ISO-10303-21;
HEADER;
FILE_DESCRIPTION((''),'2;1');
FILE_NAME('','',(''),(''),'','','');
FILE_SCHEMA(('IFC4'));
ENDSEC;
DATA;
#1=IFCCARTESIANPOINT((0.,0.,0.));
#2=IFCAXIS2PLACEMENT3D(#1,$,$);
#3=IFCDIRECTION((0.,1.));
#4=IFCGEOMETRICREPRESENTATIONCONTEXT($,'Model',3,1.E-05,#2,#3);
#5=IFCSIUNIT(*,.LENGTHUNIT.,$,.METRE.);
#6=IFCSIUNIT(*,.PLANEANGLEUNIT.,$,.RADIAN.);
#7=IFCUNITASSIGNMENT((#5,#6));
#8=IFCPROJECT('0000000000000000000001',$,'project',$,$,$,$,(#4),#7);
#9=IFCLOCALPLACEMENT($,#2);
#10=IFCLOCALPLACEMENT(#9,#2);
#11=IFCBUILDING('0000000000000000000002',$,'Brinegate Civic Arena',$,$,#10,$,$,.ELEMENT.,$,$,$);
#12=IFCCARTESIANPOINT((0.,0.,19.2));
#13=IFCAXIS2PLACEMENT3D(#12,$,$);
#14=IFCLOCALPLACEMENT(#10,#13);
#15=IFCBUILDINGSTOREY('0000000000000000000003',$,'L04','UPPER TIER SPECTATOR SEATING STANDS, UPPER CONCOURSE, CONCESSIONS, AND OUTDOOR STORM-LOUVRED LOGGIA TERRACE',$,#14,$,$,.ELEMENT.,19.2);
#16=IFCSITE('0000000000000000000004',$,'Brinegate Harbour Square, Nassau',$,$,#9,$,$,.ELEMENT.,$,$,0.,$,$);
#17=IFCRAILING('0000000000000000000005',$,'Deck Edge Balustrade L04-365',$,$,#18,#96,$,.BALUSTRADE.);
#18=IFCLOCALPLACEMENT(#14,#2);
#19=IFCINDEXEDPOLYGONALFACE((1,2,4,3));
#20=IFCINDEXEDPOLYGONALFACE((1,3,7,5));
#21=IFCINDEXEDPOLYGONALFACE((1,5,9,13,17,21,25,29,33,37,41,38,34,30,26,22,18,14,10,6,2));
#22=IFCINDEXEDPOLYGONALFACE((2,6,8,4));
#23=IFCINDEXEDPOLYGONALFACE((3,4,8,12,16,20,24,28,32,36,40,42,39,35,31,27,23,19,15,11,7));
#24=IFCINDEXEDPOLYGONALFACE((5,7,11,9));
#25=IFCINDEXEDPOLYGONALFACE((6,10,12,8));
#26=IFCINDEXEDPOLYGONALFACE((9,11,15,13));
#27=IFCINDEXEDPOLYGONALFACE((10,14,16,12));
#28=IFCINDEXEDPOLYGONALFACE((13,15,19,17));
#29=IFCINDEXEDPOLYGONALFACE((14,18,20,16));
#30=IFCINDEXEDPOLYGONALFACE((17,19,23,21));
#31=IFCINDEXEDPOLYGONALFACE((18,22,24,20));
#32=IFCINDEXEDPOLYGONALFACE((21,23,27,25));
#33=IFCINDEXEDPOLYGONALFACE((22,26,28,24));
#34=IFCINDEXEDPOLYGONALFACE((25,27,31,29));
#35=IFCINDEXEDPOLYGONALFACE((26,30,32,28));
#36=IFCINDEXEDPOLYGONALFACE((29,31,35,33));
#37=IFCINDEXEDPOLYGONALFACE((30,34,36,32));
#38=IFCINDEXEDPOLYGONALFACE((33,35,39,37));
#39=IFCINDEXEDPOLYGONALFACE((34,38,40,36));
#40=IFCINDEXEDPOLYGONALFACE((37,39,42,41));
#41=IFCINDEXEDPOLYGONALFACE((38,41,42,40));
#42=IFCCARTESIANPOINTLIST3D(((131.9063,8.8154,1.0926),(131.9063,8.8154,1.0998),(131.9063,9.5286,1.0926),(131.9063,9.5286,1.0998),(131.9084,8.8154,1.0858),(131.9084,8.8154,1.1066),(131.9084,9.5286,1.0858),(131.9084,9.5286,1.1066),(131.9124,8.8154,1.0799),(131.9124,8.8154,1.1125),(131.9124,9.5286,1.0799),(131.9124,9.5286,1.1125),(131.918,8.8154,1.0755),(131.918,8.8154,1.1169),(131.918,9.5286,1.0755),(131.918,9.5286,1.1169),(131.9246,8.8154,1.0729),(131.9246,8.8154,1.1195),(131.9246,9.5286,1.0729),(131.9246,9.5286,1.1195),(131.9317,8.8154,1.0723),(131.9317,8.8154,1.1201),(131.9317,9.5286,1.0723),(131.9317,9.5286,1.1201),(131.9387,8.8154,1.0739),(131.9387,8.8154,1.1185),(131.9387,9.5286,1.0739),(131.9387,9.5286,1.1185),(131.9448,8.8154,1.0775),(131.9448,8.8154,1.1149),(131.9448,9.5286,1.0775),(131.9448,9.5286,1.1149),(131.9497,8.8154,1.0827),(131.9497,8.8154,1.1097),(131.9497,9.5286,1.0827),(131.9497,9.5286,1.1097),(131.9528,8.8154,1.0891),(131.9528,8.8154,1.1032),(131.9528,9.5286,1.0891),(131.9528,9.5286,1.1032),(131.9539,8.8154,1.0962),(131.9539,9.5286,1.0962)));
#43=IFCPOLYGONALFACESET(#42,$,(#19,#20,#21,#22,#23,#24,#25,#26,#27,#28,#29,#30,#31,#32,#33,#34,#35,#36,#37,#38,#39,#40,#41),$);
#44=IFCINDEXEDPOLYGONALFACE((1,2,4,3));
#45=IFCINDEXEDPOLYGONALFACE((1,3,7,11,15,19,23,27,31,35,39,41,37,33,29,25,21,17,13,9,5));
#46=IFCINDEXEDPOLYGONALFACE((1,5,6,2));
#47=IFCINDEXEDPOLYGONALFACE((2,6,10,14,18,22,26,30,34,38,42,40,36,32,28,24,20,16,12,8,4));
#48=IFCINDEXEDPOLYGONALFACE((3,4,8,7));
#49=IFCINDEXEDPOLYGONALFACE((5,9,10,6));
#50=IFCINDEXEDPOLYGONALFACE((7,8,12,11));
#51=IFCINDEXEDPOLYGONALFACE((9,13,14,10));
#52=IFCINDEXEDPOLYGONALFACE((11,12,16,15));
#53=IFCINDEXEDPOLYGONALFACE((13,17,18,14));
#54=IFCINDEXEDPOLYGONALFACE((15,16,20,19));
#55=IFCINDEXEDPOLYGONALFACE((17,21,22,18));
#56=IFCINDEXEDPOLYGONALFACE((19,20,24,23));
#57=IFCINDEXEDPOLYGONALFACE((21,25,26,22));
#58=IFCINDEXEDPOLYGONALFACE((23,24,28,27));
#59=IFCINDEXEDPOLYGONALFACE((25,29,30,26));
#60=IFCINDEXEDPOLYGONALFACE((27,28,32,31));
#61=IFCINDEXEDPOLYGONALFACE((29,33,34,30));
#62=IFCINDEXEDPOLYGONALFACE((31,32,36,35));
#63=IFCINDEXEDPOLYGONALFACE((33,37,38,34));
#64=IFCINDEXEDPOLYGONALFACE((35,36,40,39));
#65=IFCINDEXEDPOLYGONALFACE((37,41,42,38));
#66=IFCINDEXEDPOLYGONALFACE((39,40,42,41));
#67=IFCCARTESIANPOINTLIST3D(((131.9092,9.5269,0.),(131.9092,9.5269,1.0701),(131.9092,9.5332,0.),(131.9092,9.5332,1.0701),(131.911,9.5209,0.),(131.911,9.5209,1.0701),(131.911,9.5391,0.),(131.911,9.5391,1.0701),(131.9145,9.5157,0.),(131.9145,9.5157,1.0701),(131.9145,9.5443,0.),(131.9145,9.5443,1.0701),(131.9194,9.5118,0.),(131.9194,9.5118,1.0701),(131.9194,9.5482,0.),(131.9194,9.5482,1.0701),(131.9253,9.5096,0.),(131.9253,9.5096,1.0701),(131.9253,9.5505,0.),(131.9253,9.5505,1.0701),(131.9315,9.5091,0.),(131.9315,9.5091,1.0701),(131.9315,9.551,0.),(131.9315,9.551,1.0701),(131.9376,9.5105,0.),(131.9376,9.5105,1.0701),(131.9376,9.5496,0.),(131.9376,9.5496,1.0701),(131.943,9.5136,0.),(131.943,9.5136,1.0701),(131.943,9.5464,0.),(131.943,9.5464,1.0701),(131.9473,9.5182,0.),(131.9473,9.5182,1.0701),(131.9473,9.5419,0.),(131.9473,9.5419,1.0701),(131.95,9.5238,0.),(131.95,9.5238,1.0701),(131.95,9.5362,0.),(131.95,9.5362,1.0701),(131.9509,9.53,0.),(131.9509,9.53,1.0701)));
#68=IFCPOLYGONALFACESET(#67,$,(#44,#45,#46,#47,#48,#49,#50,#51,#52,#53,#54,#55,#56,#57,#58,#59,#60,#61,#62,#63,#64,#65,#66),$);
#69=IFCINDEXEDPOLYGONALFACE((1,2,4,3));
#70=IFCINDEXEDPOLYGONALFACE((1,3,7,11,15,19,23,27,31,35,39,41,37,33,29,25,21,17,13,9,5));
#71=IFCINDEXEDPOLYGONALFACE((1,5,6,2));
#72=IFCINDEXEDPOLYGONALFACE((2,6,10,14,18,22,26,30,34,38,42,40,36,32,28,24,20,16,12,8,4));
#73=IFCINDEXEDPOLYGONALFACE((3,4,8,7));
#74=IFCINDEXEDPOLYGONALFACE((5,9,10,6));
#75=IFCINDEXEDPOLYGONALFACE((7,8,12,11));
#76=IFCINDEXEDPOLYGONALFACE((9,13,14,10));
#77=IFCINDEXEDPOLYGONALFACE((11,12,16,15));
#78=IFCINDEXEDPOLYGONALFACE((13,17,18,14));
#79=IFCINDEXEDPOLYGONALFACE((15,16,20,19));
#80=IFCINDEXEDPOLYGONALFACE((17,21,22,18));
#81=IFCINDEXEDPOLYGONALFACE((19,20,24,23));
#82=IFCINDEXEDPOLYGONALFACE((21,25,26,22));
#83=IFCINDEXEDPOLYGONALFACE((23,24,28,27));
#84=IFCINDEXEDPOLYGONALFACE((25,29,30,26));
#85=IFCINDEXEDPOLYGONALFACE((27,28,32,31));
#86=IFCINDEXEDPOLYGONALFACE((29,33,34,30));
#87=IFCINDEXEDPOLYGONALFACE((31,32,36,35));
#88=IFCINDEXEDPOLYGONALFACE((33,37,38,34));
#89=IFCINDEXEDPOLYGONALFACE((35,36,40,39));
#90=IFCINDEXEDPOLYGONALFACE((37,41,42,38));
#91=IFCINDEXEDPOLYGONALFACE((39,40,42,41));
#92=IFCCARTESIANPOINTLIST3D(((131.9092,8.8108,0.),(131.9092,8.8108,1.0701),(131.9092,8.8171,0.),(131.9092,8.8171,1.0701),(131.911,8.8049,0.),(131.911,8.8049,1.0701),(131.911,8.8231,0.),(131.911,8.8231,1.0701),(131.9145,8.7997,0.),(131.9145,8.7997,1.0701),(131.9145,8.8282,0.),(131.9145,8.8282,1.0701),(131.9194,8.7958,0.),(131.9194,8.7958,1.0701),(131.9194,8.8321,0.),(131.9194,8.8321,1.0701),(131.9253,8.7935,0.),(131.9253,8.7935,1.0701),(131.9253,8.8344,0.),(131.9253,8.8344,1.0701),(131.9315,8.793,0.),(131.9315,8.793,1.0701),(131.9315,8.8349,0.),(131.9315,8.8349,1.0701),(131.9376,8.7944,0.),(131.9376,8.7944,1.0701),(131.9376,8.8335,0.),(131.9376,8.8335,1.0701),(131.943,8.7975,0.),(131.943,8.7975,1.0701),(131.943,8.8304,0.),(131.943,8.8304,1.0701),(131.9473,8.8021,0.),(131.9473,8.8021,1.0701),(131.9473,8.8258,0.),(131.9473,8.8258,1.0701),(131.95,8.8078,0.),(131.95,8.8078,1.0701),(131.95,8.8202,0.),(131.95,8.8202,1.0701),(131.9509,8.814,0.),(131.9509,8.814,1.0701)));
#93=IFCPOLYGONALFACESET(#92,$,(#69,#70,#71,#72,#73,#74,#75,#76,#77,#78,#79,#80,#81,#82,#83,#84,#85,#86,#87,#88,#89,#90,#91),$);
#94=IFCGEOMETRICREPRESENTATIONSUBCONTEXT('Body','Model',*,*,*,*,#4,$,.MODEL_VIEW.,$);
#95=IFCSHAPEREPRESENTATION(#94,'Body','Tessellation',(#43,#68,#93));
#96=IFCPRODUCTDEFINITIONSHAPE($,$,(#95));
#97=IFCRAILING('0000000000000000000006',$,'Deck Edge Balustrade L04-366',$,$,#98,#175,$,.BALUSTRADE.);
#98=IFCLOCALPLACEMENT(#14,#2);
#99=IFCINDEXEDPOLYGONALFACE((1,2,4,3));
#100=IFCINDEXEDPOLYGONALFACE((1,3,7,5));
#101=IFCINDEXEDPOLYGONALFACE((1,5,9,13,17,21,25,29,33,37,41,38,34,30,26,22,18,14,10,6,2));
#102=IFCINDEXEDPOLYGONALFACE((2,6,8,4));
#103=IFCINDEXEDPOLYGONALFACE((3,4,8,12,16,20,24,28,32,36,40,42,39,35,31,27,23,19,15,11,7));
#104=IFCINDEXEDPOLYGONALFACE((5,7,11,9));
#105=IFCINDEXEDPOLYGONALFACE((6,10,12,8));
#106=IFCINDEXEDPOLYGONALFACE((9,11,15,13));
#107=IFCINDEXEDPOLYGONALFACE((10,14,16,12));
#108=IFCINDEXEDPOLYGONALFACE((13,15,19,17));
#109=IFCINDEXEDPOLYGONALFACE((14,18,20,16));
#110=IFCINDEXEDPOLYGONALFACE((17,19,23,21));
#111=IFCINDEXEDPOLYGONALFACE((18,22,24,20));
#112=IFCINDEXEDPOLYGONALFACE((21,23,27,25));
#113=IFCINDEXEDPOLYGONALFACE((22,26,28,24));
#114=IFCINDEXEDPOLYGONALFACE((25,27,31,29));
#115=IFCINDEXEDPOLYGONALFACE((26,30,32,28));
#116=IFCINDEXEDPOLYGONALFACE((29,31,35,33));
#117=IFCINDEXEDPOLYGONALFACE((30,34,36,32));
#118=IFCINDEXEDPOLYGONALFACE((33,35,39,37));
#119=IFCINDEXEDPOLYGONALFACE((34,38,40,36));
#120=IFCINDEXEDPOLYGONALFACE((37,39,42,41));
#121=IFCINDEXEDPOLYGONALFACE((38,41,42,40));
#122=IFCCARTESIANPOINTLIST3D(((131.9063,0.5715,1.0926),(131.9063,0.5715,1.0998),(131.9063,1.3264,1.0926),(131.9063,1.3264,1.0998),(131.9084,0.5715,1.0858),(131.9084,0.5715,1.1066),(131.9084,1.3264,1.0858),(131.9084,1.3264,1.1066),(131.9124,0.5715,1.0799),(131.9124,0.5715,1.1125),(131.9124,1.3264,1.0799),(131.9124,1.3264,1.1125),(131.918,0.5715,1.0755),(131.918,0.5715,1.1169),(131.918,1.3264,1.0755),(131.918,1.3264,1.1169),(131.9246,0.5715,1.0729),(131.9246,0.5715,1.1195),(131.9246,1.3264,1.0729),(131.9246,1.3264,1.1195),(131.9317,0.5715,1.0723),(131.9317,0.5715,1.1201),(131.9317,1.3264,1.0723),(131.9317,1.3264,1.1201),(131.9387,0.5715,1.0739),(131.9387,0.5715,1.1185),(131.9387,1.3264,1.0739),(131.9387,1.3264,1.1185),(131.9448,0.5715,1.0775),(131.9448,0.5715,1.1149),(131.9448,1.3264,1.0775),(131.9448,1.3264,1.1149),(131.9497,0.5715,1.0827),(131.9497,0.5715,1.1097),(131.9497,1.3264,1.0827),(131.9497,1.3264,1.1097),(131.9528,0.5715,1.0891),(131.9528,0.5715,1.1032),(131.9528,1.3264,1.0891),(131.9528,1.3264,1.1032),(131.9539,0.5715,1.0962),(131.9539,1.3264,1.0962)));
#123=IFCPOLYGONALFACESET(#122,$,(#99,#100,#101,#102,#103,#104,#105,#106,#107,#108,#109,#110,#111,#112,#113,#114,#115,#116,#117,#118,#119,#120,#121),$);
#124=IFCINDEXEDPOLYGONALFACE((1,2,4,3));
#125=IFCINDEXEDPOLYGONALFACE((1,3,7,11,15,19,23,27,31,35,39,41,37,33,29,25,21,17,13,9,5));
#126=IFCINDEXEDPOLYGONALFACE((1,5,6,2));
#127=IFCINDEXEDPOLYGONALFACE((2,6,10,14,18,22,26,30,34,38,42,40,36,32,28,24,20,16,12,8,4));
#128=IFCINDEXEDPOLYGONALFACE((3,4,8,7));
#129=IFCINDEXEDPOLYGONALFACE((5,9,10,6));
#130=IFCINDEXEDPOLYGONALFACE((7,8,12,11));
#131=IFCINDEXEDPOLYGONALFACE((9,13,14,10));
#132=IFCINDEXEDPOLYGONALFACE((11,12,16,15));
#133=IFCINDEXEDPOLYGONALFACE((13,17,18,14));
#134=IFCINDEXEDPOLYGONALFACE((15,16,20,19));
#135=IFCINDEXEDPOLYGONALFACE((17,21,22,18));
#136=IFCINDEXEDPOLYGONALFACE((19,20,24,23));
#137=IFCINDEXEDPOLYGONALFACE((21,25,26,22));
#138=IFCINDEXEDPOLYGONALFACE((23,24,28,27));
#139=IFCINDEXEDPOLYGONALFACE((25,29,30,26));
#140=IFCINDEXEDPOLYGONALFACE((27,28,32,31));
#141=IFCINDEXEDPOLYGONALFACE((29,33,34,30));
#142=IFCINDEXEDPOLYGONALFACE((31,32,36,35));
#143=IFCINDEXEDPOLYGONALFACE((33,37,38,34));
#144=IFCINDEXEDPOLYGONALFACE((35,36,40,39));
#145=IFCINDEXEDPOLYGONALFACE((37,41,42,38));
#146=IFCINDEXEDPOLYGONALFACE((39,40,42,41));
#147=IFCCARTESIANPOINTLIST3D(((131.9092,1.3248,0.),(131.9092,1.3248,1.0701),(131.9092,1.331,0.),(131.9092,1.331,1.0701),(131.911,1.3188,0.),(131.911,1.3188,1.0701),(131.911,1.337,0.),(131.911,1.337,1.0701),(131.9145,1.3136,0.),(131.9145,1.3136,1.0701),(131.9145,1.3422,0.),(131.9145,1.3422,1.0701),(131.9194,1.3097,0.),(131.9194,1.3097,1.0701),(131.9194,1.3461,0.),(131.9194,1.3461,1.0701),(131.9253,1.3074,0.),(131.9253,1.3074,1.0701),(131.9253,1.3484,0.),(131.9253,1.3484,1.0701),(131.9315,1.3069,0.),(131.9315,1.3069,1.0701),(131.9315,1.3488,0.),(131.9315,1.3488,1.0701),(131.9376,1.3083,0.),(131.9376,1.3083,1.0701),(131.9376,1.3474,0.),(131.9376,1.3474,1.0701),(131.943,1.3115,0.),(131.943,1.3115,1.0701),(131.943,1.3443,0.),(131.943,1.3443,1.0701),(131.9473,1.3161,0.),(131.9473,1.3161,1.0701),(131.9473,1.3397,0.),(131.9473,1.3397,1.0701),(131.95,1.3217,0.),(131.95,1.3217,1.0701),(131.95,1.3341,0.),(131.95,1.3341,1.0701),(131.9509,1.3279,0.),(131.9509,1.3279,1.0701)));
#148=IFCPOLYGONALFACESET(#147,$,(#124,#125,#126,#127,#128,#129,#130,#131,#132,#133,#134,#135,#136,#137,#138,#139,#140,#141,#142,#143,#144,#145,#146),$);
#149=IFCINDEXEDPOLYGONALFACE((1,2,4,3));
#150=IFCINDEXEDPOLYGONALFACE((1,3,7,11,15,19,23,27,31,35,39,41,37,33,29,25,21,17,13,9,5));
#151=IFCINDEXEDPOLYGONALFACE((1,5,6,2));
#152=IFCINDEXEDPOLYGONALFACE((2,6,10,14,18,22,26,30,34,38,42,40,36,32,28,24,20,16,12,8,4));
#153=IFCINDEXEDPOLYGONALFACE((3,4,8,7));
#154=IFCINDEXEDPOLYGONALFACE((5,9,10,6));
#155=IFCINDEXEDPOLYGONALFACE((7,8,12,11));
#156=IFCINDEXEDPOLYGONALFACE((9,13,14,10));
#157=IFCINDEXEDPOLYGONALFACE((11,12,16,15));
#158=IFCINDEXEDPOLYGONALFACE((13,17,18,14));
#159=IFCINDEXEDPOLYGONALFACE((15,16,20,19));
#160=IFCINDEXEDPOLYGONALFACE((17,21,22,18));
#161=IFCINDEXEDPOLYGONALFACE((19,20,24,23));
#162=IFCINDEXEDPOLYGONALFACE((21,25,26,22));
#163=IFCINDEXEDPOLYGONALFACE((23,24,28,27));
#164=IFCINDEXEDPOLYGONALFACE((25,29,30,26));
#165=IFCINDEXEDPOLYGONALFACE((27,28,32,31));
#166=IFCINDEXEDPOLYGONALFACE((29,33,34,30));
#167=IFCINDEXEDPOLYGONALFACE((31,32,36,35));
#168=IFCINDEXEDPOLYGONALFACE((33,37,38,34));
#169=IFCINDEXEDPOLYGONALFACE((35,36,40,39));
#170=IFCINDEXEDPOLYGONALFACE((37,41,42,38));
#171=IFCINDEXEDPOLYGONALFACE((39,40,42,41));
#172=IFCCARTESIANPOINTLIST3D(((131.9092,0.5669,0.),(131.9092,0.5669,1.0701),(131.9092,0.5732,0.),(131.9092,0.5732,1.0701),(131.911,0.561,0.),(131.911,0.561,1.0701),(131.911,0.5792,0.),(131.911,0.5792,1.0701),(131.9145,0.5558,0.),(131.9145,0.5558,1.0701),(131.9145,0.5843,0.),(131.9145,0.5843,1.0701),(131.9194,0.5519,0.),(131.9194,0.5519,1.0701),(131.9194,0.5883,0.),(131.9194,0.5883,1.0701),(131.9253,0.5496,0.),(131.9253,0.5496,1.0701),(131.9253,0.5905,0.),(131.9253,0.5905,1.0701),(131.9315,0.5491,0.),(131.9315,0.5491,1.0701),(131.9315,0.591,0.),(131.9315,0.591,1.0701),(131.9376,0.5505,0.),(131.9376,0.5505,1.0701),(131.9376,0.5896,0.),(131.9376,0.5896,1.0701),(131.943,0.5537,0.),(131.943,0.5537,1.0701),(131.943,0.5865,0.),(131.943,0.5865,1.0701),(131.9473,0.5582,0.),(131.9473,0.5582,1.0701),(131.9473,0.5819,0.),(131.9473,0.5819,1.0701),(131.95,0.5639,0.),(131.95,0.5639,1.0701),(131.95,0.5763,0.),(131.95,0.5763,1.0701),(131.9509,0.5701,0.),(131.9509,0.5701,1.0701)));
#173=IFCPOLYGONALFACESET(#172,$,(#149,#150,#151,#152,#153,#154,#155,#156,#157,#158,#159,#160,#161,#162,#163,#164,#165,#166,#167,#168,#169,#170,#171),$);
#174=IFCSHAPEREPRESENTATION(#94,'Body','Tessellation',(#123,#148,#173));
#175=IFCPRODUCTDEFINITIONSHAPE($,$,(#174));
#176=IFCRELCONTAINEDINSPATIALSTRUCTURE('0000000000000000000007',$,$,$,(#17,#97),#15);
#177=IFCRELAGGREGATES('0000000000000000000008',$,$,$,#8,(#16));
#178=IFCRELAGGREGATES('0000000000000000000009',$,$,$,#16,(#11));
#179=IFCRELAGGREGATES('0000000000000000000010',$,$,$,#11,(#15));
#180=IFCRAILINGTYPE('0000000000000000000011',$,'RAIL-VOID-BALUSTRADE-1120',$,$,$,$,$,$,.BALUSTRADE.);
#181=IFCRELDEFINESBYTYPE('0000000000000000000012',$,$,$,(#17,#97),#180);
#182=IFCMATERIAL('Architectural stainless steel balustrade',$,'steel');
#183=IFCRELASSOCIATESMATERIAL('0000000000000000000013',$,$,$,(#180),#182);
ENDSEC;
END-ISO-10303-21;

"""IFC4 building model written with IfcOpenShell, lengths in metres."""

from ifc_helpers import new_model, si_unit, direction, frame, origin, origin_2d, place, context, subcontext, project, spatial, circle, extrude, material, type_object, element, save


model = new_model("IFC4")

# Units and contexts
model_context = context("Model", 3, precision=1e-05, world=origin(), true_north=direction((0.0, 1.0)))
body_context = subcontext(model_context, "Body", "Model", "MODEL_VIEW")
ifc_project = project(units=[si_unit("LENGTHUNIT", "METRE"), si_unit("PLANEANGLEUNIT", "RADIAN")], contexts=[model_context])

# Site, building, storey
site_placement = place(None, origin())
site = spatial("IfcSite", under=ifc_project, at=site_placement, Name="Brinegate Harbour Square, Nassau", CompositionType="ELEMENT", RefElevation=0.0)
building_placement = place(site_placement, origin())
building = spatial("IfcBuilding", under=site, at=building_placement, Name="Brinegate Civic Arena", CompositionType="ELEMENT")
storey_placement = place(building_placement, frame((0.0, 0.0, 19.2)))
storey = spatial("IfcBuildingStorey", under=building, at=storey_placement, Name="L04", Description="UPPER TIER SPECTATOR SEATING STANDS, UPPER CONCOURSE, CONCESSIONS, AND OUTDOOR STORM-LOUVRED LOGGIA TERRACE", CompositionType="ELEMENT", Elevation=19.2)

# Railings
ifc_material_1 = material(Name="Architectural stainless steel balustrade", Category="steel")
railing_type_1 = type_object("IfcRailingType", Name="RAIL-VOID-BALUSTRADE-1120", PredefinedType="BALUSTRADE", material=ifc_material_1)
railing_1_placement = place(storey_placement, frame((131.9299, 9.53, 0.0)))
element("IfcRailing", 1, at=railing_1_placement, inside=storey, type_object=railing_type_1, Name="Deck Edge Balustrade L04-365", PredefinedType="BALUSTRADE", context=body_context, shape_type="SweptSolid", body=[
    extrude(circle(Radius=0.0239, at=origin_2d()), frame((0.0, -0.0015, 1.0962), z_axis=(0.0, -1.0, 0.0), x_axis=(1.0, 0.0, 0.0)), (0.0, 0.0, 1.0), 0.7131),
    extrude(circle(Radius=0.021, at=origin_2d()), origin(), (0.0, 0.0, 1.0), 1.0701),
    extrude(circle(Radius=0.021, at=origin_2d()), frame((0.0, -0.7161, 0.0)), (0.0, 0.0, 1.0), 1.0701),
])
railing_2_placement = place(storey_placement, frame((131.9299, 1.3279, 0.0)))
element("IfcRailing", 2, at=railing_2_placement, inside=storey, type_object=railing_type_1, Name="Deck Edge Balustrade L04-366", PredefinedType="BALUSTRADE", context=body_context, shape_type="SweptSolid", body=[
    extrude(circle(Radius=0.0239, at=origin_2d()), frame((0.0, -0.0015, 1.0962), z_axis=(0.0, -1.0, 0.0), x_axis=(1.0, 0.0, 0.0)), (0.0, 0.0, 1.0), 0.7549),
    extrude(circle(Radius=0.021, at=origin_2d()), origin(), (0.0, 0.0, 1.0), 1.0701),
    extrude(circle(Radius=0.021, at=origin_2d()), frame((0.0, -0.7578, 0.0)), (0.0, 0.0, 1.0), 1.0701),
])

save(model, "model.ifc")
